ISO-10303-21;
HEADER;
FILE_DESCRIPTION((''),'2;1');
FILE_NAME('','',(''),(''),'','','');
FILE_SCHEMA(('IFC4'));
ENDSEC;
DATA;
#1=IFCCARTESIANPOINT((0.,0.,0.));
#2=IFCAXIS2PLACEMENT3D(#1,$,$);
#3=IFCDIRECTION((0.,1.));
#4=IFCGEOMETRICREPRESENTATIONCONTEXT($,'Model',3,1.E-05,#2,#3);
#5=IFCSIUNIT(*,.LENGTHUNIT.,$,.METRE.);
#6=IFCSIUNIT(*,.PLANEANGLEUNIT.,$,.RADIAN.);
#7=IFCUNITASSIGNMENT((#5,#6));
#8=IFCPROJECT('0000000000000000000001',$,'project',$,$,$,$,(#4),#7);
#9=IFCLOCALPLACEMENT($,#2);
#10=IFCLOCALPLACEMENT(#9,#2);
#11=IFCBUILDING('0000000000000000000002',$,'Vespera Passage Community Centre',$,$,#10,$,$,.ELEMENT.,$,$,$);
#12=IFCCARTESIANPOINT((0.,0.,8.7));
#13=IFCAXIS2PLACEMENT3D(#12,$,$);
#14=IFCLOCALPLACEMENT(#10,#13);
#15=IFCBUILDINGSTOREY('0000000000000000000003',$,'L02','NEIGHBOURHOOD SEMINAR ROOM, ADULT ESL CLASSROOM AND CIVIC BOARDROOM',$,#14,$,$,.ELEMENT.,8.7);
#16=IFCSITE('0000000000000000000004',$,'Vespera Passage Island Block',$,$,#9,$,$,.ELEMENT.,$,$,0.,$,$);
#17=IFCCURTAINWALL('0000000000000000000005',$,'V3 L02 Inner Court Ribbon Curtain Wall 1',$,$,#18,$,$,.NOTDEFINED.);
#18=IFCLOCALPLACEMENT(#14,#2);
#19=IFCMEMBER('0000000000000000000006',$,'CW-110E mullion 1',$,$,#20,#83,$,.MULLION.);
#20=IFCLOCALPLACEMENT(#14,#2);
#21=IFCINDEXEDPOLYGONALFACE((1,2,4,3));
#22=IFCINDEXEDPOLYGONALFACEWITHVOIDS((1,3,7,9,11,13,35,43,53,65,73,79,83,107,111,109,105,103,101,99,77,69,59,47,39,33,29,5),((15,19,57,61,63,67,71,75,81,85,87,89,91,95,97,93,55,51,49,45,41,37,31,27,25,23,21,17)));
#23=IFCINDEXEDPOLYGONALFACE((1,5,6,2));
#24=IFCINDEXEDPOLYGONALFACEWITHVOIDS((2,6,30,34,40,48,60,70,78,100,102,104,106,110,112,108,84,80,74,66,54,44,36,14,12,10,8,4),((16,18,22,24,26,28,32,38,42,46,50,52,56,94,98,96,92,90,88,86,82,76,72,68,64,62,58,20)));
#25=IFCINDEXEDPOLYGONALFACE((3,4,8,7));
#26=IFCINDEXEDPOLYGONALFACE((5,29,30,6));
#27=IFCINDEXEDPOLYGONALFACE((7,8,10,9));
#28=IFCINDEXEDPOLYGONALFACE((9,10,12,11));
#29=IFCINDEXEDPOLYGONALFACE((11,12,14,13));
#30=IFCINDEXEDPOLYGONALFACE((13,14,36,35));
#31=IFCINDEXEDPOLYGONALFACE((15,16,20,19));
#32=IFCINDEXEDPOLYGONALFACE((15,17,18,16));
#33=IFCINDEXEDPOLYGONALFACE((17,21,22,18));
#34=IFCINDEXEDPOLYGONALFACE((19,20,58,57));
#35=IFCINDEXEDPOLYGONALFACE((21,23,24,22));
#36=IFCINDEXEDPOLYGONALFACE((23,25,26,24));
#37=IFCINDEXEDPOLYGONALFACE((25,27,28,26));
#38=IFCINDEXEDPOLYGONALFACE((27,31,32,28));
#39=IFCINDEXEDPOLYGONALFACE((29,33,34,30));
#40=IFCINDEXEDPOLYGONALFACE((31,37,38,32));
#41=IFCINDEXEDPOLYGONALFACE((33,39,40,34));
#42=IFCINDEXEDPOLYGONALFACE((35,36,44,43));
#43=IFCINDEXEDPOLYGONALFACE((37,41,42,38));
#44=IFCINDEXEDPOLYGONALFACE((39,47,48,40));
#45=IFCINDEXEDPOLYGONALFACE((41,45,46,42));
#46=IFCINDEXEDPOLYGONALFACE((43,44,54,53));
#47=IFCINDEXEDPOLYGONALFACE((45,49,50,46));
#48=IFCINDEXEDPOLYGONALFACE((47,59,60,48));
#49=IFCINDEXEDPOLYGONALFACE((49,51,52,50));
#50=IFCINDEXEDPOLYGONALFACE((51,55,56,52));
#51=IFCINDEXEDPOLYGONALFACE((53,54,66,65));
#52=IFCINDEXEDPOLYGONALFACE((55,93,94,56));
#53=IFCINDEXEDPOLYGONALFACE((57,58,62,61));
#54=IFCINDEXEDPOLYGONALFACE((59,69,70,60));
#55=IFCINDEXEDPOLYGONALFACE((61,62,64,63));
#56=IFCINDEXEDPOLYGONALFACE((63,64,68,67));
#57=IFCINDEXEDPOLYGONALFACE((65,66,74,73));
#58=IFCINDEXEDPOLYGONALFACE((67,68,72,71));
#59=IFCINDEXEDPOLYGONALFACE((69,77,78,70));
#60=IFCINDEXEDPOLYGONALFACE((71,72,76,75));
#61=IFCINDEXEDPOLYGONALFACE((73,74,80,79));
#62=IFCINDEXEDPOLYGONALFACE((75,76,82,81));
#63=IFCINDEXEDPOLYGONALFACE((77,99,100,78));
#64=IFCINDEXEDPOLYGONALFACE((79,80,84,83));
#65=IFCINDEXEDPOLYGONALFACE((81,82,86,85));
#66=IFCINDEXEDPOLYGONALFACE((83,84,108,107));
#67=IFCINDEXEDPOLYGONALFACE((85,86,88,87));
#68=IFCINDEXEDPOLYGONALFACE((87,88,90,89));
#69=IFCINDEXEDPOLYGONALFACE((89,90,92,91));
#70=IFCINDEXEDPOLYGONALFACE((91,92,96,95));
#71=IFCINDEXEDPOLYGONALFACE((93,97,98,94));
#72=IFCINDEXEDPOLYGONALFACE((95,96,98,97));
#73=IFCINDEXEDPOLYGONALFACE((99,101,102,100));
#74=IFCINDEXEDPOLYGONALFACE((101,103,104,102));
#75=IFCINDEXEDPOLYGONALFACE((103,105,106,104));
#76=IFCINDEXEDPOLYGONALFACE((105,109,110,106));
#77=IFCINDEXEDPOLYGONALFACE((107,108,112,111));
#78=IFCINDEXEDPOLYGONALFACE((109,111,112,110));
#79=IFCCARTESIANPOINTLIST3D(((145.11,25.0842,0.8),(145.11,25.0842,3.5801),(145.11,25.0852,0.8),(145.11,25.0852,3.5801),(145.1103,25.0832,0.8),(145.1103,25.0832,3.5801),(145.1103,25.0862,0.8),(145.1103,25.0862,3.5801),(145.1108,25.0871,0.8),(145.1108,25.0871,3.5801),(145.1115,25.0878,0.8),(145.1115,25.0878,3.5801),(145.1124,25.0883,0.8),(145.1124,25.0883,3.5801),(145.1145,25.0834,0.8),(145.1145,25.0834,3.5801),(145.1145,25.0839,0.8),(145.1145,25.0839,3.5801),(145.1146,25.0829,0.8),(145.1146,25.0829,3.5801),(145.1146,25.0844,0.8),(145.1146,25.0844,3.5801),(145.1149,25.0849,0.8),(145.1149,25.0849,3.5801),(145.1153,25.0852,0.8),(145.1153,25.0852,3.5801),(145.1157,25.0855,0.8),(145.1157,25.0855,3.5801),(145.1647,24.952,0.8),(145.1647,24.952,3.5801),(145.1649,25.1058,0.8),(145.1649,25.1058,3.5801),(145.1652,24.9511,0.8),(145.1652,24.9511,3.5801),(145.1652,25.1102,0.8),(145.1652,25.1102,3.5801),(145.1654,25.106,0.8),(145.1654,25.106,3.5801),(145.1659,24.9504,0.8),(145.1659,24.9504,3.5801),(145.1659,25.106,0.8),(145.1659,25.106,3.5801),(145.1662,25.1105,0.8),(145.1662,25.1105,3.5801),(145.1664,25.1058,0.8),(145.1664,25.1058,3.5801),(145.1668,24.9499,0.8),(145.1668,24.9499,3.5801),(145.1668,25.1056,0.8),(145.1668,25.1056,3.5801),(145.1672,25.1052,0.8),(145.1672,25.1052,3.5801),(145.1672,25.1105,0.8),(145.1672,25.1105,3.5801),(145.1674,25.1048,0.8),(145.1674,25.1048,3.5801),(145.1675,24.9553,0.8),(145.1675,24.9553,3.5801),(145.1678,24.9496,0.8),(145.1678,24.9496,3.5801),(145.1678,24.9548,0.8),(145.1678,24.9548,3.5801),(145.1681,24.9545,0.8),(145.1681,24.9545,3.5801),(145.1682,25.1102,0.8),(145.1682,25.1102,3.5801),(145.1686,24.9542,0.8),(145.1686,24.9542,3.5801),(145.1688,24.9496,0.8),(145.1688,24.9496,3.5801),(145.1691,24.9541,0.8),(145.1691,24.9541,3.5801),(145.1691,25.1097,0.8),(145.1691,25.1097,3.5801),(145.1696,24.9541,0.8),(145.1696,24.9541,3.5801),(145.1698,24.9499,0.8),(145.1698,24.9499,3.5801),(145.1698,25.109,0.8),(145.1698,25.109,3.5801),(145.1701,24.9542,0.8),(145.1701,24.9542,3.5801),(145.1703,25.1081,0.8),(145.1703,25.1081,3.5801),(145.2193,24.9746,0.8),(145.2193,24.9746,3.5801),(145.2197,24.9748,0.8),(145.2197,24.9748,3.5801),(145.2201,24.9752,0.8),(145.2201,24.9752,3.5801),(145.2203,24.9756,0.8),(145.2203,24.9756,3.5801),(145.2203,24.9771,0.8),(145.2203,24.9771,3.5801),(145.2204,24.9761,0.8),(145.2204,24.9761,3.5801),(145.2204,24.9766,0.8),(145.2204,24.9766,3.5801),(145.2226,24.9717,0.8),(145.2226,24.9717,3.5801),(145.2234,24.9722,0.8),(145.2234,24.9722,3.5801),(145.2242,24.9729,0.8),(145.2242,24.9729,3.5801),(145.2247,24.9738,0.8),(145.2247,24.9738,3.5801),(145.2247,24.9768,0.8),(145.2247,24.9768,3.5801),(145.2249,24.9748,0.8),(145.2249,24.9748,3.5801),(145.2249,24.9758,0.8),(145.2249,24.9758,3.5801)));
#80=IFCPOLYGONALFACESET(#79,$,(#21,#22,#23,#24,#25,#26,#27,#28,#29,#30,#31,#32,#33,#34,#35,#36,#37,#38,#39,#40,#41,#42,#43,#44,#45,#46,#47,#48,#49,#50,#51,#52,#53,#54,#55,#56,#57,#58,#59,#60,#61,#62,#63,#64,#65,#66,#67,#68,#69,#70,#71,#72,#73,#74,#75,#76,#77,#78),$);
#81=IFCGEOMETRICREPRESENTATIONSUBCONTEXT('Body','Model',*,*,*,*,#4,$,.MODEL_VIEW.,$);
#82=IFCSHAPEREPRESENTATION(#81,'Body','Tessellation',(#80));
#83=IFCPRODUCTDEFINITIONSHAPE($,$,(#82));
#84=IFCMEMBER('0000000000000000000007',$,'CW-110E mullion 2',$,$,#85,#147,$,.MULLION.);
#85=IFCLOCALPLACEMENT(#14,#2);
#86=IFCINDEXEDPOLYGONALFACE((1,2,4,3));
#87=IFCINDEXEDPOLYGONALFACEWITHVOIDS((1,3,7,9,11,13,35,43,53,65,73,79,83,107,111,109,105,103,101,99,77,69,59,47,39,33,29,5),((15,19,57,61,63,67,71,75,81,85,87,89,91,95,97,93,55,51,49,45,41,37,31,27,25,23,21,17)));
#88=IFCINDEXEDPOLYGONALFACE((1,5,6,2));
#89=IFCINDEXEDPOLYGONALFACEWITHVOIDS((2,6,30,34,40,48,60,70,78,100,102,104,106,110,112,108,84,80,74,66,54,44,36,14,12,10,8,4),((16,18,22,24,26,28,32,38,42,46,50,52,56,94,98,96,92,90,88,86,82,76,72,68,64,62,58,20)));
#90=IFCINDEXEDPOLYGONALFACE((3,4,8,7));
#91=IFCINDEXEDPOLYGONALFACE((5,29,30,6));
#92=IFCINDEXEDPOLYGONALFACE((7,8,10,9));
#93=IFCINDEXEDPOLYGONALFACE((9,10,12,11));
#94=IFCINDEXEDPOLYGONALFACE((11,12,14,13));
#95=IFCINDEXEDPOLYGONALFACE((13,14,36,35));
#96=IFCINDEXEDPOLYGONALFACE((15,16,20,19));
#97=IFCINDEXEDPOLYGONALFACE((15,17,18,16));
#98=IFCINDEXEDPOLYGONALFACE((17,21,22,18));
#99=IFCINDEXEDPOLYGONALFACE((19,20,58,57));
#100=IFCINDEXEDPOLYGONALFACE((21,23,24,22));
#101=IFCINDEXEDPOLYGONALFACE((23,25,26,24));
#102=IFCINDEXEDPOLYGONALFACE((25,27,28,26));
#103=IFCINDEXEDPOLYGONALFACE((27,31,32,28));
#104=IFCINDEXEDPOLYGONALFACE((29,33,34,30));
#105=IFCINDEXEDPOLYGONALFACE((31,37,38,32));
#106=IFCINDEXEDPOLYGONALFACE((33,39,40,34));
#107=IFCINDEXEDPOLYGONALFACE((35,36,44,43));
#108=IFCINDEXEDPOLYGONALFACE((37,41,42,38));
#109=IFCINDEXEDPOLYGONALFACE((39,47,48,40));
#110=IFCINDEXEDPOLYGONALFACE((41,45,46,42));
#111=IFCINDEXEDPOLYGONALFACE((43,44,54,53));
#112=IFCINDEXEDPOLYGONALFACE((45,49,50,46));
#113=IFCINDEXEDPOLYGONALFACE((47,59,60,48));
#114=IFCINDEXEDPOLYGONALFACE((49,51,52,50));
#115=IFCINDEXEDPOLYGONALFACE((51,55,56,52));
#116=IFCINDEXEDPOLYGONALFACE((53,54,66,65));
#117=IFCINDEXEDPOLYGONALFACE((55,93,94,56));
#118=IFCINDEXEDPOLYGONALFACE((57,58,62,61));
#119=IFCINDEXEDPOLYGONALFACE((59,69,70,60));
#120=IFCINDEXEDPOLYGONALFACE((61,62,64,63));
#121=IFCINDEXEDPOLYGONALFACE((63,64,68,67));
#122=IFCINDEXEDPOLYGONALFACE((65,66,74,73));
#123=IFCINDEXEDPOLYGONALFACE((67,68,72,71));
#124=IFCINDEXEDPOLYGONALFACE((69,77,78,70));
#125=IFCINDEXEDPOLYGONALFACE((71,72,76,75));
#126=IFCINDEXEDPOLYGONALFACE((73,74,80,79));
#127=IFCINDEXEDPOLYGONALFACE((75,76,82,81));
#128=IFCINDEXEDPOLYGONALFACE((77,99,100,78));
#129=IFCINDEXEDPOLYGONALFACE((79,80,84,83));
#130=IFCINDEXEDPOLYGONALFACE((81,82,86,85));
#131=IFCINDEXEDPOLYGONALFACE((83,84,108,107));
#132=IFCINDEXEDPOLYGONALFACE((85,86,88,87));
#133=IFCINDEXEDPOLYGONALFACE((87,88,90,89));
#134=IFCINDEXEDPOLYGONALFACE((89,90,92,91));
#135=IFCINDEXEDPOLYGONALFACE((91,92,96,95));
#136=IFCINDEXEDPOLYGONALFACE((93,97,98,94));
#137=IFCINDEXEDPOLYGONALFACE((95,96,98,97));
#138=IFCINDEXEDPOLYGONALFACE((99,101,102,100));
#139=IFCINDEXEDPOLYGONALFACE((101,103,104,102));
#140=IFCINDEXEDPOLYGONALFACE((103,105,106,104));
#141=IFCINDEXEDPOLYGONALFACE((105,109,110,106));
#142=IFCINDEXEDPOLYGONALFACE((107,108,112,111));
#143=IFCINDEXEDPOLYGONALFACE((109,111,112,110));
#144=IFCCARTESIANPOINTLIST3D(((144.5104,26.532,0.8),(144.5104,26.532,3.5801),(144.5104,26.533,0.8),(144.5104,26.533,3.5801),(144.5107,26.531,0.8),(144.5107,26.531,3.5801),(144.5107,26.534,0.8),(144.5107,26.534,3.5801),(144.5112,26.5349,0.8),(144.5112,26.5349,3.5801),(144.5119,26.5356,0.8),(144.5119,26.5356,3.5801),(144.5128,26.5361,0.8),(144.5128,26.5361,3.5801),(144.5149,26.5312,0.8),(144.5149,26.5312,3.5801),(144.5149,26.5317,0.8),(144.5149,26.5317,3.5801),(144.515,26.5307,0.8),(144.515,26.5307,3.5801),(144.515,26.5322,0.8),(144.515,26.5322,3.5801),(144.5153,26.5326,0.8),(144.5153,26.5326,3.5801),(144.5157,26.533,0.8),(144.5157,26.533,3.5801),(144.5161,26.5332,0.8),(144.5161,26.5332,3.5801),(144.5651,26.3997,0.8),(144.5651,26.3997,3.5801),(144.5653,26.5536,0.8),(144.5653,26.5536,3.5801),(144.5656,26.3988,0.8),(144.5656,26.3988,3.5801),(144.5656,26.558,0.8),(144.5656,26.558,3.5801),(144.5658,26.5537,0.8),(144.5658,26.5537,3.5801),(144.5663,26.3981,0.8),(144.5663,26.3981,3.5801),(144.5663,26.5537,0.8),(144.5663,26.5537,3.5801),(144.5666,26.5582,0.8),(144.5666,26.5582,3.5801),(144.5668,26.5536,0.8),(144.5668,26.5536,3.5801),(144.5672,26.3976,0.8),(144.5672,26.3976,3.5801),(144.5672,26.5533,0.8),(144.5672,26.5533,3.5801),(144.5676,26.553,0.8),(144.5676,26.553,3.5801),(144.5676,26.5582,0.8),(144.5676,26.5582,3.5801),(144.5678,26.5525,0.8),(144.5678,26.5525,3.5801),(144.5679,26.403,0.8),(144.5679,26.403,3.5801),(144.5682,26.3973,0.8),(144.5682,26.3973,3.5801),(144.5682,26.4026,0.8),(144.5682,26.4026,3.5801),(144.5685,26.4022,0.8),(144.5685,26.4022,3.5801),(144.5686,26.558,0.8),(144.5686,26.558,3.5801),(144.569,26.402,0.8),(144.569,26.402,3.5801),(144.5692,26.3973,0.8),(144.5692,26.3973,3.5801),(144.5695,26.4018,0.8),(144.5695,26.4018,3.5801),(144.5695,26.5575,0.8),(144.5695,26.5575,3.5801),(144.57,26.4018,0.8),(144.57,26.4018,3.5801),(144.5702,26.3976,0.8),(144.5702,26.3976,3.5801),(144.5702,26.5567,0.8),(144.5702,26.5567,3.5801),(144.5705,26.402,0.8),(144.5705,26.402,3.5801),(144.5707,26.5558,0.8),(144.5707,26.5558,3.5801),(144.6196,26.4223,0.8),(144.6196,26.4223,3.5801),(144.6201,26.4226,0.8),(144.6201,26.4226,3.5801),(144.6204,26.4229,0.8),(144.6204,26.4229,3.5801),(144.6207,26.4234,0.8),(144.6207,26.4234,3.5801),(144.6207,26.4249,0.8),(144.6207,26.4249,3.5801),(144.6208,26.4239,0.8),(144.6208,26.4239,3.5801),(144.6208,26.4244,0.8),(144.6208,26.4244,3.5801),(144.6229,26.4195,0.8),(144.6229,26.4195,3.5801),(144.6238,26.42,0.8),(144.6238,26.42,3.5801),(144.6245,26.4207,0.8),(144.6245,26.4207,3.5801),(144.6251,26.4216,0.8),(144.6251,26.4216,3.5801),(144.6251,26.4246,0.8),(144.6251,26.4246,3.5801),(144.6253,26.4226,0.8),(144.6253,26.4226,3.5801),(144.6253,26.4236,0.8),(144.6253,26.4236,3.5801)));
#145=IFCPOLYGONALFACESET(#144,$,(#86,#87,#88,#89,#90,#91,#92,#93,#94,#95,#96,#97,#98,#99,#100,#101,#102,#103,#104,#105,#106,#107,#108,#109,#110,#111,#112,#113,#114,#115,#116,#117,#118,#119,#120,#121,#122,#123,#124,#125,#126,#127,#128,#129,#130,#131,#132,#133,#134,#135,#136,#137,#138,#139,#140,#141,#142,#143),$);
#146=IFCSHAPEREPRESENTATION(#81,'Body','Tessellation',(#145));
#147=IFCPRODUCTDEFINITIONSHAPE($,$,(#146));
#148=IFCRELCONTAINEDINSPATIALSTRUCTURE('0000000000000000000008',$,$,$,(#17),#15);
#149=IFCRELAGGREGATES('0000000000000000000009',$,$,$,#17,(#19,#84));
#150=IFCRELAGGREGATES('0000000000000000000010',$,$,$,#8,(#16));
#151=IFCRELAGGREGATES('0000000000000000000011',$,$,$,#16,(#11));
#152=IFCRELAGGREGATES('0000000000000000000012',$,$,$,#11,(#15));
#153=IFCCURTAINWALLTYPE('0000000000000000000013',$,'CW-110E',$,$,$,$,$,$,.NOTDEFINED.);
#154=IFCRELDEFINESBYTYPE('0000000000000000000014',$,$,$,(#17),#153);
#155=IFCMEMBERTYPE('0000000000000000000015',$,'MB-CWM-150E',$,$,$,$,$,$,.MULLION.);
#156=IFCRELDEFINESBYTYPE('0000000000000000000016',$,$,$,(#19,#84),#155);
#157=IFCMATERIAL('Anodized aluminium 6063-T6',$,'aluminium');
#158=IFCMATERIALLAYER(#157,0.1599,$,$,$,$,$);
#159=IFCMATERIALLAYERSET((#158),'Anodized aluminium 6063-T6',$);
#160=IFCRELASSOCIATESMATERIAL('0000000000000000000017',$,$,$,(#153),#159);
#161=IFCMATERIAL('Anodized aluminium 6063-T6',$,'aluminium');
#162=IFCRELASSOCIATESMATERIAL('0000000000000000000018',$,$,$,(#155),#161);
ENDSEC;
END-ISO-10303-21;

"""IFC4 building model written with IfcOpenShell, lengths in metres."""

from ifc_helpers import new_model, si_unit, direction, frame, origin, origin_2d, place, context, subcontext, project, spatial, hollow_rectangle, extrude, material, layer, layer_set, material_profile, profile_set, type_object, element, aggregate, save


model = new_model("IFC4")

# Units and contexts
model_context = context("Model", 3, precision=1e-05, world=origin(), true_north=direction((0.0, 1.0)))
body_context = subcontext(model_context, "Body", "Model", "MODEL_VIEW")
ifc_project = project(units=[si_unit("LENGTHUNIT", "METRE"), si_unit("PLANEANGLEUNIT", "RADIAN")], contexts=[model_context])

# Site, building, storey
site_placement = place(None, origin())
site = spatial("IfcSite", under=ifc_project, at=site_placement, Name="Vespera Passage Island Block", CompositionType="ELEMENT", RefElevation=0.0)
building_placement = place(site_placement, origin())
building = spatial("IfcBuilding", under=site, at=building_placement, Name="Vespera Passage Community Centre", CompositionType="ELEMENT")
storey_placement = place(building_placement, frame((0.0, 0.0, 8.7)))
storey = spatial("IfcBuildingStorey", under=building, at=storey_placement, Name="L02", Description="NEIGHBOURHOOD SEMINAR ROOM, ADULT ESL CLASSROOM AND CIVIC BOARDROOM", CompositionType="ELEMENT", Elevation=8.7)

# Curtain wall, members
ifc_material_1 = material(Name="Anodized aluminium 6063-T6", Category="aluminium")
ifc_layer_1 = layer(ifc_material_1, 0.1599)
ifc_layer_set_1 = layer_set([ifc_layer_1], Name="Anodized aluminium 6063-T6")
curtain_wall_type = type_object("IfcCurtainWallType", Name="CW-110E", PredefinedType="NOTDEFINED", material=ifc_layer_set_1)
curtain_wall_1_placement = place(storey_placement, origin())
curtain_wall_1 = element("IfcCurtainWall", 1, at=curtain_wall_1_placement, inside=storey, type_object=curtain_wall_type, Name="V3 L02 Inner Court Ribbon Curtain Wall 1", PredefinedType="NOTDEFINED")
ifc_material_2 = material(Name="Anodized aluminium 6063-T6", Category="aluminium")
ifc_material_profile_1 = material_profile(ifc_material_2, hollow_rectangle(XDim=0.0649, YDim=0.1499, WallThickness=0.0039, InnerFilletRadius=0.002, OuterFilletRadius=0.0039, at=origin_2d()), Name="ALU150X65X4")
ifc_profile_set_1 = profile_set([ifc_material_profile_1], Name="Anodized aluminium 6063-T6")
member_type_1 = type_object("IfcMemberType", Name="MB-CWM-150E", PredefinedType="MULLION", material=ifc_profile_set_1)
member_1_placement = place(storey_placement, frame((145.1675, 25.03, 0.8), z_axis=(0.0, 0.0, 1.0), x_axis=(-0.923879, -0.382686, 0.0)))
member_1 = element("IfcMember", 2, at=member_1_placement, type_object=member_type_1, Name="CW-110E mullion 1", PredefinedType="MULLION", context=body_context, shape_type="SweptSolid", body=[
    extrude(hollow_rectangle(XDim=0.0649, YDim=0.1499, WallThickness=0.0039, InnerFilletRadius=0.002, OuterFilletRadius=0.0039, at=origin_2d()), origin(), (0.0, 0.0, 1.0), 2.78),
])
member_2_placement = place(storey_placement, frame((144.5679, 26.4778, 0.8), z_axis=(0.0, 0.0, 1.0), x_axis=(-0.923879, -0.382686, 0.0)))
member_2 = element("IfcMember", 3, at=member_2_placement, type_object=member_type_1, Name="CW-110E mullion 2", PredefinedType="MULLION", context=body_context, shape_type="SweptSolid", body=[
    extrude(hollow_rectangle(XDim=0.0649, YDim=0.1499, WallThickness=0.0039, InnerFilletRadius=0.002, OuterFilletRadius=0.0039, at=origin_2d()), origin(), (0.0, 0.0, 1.0), 2.78),
])

aggregate(curtain_wall_1, [member_1, member_2])

save(model, "model.ifc")
